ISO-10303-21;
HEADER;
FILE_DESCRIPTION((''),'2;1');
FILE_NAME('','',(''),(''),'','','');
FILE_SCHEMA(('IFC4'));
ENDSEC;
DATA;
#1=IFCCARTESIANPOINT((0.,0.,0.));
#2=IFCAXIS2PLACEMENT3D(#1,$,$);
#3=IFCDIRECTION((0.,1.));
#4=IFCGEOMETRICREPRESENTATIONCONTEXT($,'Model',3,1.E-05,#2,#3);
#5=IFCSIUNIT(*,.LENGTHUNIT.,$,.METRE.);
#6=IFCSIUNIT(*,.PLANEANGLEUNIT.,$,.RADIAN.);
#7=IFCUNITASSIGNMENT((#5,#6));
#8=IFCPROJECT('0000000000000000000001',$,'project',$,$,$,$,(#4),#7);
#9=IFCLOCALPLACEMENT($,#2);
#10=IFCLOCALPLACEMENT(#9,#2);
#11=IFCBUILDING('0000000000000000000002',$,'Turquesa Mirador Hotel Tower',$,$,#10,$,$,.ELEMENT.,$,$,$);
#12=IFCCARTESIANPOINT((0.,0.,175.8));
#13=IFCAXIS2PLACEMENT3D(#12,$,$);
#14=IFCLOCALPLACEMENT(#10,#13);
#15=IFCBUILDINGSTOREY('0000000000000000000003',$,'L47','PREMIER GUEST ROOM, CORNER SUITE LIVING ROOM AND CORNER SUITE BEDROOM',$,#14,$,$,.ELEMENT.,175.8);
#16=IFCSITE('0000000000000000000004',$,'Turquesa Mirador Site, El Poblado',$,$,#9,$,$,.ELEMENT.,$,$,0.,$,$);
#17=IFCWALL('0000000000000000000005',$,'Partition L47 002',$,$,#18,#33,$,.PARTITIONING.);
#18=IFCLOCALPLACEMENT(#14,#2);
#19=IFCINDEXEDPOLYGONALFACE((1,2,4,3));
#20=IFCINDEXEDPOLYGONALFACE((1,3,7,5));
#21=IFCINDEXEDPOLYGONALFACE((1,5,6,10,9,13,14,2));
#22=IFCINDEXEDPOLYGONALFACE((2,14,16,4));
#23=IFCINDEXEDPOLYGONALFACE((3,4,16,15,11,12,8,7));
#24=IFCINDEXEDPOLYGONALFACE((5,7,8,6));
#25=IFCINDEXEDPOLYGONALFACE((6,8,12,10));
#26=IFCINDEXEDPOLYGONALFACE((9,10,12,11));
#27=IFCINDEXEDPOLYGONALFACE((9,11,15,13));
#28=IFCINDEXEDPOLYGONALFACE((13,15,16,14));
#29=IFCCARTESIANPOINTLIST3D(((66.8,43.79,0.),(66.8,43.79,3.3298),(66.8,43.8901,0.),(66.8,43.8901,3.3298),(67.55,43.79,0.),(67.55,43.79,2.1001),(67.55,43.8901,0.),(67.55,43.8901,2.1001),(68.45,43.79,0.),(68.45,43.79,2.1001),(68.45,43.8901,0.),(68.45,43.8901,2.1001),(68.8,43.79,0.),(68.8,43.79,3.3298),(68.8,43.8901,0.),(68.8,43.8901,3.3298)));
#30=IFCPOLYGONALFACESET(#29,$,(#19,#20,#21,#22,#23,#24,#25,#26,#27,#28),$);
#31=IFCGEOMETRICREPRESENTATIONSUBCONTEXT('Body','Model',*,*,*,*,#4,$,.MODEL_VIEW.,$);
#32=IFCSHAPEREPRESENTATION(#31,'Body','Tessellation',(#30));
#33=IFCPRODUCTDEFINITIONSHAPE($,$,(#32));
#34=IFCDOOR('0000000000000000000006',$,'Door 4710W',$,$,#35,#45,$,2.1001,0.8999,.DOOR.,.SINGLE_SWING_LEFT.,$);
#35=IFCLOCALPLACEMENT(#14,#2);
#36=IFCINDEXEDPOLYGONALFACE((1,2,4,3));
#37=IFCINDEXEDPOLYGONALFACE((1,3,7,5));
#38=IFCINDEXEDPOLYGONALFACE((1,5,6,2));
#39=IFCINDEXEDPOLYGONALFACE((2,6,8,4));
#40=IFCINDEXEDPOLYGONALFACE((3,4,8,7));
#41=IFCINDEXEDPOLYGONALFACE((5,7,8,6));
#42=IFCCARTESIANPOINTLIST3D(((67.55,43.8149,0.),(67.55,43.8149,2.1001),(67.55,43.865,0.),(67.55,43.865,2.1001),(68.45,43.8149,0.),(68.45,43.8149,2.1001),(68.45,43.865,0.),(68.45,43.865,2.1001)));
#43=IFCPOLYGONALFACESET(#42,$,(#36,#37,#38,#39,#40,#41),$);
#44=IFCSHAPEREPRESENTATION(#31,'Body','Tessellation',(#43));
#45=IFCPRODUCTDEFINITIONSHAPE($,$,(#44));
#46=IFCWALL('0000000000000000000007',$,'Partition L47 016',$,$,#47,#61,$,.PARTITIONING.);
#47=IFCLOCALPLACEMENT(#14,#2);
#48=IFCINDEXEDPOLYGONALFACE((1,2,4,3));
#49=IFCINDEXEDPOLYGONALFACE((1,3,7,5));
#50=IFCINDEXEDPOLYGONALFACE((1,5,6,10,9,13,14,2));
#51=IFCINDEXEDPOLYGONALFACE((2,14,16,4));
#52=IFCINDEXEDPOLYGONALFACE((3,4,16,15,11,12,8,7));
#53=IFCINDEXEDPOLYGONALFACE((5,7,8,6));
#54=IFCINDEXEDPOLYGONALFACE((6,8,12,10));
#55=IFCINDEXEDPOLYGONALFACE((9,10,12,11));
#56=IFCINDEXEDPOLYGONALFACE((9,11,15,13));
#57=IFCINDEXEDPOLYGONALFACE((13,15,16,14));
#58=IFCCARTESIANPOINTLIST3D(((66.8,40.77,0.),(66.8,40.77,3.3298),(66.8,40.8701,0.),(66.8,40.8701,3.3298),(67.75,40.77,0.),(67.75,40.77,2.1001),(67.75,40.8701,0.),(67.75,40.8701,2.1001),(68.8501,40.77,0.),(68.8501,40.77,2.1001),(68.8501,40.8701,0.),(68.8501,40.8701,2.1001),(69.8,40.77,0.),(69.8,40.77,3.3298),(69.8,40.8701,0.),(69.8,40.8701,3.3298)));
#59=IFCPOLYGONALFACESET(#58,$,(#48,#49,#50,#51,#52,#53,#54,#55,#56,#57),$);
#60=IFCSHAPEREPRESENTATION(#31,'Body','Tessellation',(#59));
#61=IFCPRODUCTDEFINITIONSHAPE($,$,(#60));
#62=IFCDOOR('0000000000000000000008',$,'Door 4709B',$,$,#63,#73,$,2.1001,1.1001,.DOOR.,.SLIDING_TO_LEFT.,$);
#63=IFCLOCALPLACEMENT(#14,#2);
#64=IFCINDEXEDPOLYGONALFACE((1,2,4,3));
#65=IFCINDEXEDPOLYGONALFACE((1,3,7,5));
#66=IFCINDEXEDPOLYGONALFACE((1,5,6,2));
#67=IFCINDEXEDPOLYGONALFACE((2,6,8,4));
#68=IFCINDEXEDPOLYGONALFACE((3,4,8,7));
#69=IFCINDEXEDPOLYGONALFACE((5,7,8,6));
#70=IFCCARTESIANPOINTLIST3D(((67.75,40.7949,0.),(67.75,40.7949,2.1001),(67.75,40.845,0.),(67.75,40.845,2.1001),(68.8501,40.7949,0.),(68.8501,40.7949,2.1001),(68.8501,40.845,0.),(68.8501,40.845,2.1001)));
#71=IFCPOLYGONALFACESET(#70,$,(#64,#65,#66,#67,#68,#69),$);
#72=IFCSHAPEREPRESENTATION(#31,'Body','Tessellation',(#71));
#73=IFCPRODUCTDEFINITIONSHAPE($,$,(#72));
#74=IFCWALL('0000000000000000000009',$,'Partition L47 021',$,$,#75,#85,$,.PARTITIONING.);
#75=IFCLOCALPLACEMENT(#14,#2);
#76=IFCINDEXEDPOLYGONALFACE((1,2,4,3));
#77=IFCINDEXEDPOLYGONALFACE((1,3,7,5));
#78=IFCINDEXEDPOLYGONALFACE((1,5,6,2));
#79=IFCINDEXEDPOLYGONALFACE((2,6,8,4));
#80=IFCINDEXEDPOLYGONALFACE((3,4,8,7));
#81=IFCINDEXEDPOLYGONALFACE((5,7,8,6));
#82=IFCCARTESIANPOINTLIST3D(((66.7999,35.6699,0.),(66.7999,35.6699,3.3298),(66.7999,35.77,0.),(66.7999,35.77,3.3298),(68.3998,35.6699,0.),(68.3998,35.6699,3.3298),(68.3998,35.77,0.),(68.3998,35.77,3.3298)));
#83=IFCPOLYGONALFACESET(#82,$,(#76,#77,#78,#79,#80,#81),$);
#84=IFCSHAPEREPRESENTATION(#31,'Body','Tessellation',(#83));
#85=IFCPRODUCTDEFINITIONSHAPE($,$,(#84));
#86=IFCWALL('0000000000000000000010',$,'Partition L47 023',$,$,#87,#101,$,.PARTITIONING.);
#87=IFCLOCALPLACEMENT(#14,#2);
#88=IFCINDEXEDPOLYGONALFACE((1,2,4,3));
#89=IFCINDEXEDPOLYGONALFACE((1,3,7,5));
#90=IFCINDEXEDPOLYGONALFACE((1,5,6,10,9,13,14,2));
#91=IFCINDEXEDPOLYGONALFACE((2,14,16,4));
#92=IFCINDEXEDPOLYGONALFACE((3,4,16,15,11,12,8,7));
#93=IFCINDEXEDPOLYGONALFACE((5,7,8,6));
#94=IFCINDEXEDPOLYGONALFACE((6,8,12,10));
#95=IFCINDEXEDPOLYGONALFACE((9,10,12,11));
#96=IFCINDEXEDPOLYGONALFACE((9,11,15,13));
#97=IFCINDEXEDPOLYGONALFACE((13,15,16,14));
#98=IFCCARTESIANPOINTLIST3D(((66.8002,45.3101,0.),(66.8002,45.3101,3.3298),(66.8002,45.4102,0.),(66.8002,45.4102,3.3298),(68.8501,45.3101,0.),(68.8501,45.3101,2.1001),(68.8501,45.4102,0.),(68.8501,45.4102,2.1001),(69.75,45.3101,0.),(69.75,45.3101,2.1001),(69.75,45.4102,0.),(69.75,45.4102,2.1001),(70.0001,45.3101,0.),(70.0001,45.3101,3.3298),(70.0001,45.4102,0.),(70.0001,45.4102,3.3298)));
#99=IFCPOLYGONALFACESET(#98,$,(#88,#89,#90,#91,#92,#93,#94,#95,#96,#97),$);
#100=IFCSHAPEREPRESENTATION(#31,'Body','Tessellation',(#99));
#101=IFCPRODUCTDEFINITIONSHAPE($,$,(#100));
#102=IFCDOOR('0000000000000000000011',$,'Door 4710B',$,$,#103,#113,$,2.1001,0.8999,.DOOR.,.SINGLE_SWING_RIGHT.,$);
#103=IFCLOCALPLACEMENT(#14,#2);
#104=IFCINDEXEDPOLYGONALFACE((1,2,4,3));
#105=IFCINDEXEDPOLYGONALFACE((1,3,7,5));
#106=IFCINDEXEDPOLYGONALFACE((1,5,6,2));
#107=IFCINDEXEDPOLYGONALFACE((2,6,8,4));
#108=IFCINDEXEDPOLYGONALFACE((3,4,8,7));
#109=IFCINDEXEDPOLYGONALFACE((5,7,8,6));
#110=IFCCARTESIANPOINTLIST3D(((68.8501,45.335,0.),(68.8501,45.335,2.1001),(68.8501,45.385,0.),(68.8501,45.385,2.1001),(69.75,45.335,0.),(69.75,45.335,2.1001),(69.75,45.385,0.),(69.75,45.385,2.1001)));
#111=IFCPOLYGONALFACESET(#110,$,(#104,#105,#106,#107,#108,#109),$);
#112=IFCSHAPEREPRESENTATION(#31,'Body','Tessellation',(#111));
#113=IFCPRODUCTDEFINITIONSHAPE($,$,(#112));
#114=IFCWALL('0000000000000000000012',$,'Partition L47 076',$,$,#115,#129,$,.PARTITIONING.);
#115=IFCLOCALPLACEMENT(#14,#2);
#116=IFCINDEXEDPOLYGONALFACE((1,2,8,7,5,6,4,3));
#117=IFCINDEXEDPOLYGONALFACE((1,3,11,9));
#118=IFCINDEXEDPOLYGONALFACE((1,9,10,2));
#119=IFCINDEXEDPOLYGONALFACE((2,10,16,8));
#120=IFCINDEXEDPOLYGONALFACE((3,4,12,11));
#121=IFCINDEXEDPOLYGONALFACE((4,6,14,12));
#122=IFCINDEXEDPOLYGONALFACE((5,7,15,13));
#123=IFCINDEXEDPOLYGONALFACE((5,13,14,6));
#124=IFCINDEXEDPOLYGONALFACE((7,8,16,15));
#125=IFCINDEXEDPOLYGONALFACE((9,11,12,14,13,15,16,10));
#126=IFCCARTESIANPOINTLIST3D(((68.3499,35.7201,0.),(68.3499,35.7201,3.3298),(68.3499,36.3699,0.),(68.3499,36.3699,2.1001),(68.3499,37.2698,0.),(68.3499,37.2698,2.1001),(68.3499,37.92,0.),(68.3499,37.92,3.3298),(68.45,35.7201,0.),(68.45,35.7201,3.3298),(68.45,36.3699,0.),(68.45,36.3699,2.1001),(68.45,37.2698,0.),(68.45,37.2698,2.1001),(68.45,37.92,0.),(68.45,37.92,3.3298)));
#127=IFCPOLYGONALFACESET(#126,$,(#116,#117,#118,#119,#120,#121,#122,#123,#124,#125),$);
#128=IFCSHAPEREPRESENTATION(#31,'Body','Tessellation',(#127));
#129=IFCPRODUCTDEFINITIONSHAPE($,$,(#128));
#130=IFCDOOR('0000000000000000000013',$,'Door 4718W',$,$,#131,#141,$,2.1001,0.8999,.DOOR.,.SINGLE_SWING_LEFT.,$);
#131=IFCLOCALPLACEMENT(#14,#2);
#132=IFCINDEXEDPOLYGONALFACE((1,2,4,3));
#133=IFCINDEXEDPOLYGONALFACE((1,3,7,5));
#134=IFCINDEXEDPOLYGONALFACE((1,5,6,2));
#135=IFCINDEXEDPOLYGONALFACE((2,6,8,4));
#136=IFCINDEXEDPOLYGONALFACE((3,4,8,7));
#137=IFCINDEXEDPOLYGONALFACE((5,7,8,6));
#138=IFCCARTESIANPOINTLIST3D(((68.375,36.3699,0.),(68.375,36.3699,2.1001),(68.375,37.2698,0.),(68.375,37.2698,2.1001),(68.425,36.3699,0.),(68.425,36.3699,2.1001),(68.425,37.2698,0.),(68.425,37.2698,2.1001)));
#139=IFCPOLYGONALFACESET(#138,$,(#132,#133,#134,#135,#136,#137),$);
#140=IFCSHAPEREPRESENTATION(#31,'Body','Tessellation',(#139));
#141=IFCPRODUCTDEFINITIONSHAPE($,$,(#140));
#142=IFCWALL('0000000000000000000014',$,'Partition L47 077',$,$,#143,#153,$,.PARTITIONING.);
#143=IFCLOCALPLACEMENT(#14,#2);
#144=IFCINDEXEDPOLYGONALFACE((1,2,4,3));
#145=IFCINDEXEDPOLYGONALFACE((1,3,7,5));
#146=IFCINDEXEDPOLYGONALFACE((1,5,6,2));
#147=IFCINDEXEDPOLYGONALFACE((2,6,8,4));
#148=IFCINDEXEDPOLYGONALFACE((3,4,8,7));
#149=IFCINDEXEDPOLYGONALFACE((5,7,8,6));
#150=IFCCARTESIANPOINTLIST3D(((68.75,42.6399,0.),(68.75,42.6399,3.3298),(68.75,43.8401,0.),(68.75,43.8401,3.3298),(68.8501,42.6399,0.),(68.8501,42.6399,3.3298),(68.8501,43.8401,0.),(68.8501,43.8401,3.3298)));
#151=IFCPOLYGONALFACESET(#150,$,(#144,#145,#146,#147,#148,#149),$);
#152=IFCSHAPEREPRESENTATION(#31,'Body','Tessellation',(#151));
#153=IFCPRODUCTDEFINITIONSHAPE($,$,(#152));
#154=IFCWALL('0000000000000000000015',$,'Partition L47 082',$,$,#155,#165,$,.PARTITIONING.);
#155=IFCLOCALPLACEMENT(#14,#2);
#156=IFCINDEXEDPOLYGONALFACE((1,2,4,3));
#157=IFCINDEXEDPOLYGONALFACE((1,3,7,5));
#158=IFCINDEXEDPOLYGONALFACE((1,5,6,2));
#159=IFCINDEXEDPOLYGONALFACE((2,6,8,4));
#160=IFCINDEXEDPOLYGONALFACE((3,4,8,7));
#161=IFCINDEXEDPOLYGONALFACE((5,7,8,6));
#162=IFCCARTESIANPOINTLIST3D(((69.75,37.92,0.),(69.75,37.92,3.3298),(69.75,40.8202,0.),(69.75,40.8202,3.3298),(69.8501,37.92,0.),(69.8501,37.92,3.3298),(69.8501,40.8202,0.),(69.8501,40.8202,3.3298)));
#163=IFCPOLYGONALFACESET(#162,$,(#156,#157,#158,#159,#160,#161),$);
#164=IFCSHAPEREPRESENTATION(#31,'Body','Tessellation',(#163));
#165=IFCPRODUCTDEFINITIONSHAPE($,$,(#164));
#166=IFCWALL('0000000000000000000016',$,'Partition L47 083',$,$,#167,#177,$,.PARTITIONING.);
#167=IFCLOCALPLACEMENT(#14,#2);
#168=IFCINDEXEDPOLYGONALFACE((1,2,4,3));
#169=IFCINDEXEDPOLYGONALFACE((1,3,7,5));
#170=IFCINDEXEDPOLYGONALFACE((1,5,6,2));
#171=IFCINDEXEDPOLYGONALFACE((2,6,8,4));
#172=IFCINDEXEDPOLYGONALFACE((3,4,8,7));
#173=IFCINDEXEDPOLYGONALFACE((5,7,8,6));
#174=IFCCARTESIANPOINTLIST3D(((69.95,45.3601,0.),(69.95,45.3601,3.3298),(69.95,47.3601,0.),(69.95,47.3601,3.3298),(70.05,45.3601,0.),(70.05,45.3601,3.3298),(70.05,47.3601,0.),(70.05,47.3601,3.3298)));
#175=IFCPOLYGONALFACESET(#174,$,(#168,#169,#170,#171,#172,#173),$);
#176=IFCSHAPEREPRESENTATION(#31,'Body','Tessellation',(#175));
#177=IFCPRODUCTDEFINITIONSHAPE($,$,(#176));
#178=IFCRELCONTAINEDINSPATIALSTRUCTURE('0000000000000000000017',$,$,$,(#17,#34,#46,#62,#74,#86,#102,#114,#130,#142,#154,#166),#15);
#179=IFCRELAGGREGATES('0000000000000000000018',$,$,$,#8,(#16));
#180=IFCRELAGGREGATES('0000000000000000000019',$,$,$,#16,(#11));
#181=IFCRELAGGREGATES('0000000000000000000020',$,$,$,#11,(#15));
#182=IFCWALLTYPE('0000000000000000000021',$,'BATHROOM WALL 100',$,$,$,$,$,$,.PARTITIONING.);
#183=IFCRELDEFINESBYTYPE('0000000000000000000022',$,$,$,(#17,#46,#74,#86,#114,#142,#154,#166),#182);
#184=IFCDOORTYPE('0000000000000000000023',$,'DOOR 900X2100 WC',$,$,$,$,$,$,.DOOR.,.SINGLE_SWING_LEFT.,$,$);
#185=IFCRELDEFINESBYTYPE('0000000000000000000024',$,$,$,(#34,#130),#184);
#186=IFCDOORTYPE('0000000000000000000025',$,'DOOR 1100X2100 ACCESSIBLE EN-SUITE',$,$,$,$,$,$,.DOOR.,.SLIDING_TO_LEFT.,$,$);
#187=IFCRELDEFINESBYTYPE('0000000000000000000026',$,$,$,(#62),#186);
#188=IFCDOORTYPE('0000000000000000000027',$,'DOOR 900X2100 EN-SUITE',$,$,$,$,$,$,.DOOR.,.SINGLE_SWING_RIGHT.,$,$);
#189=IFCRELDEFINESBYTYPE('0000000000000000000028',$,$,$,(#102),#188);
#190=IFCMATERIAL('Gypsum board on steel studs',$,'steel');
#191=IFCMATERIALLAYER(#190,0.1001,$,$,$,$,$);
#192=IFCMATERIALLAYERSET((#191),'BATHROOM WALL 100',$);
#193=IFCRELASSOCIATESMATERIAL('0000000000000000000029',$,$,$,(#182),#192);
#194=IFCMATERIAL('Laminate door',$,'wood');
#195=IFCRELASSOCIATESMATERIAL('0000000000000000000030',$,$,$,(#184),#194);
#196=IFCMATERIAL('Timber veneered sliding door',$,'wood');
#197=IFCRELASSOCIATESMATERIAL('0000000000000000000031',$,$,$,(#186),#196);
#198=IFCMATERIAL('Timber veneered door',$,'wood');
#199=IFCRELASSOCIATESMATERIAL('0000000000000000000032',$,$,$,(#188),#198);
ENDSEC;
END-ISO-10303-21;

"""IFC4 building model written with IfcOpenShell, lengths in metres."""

from ifc_helpers import new_model, si_unit, direction, frame, frame_2d, origin, place, context, subcontext, project, spatial, rectangle, extrude, material, layer, layer_set, type_object, element, fill, save


model = new_model("IFC4")

# Units and contexts
model_context = context("Model", 3, precision=1e-05, world=origin(), true_north=direction((0.0, 1.0)))
body_context = subcontext(model_context, "Body", "Model", "MODEL_VIEW")
ifc_project = project(units=[si_unit("LENGTHUNIT", "METRE"), si_unit("PLANEANGLEUNIT", "RADIAN")], contexts=[model_context])

# Site, building, storey
site_placement = place(None, origin())
site = spatial("IfcSite", under=ifc_project, at=site_placement, Name="Turquesa Mirador Site, El Poblado", CompositionType="ELEMENT", RefElevation=0.0)
building_placement = place(site_placement, origin())
building = spatial("IfcBuilding", under=site, at=building_placement, Name="Turquesa Mirador Hotel Tower", CompositionType="ELEMENT")
storey_placement = place(building_placement, frame((0.0, 0.0, 175.8)))
storey = spatial("IfcBuildingStorey", under=building, at=storey_placement, Name="L47", Description="PREMIER GUEST ROOM, CORNER SUITE LIVING ROOM AND CORNER SUITE BEDROOM", CompositionType="ELEMENT", Elevation=175.8)

# Walls, openings, doors
ifc_material_1 = material(Name="Gypsum board on steel studs", Category="steel")
ifc_layer_1 = layer(ifc_material_1, 0.1001)
ifc_layer_set_1 = layer_set([ifc_layer_1], Name="BATHROOM WALL 100")
wall_type_1 = type_object("IfcWallType", Name="BATHROOM WALL 100", PredefinedType="PARTITIONING", material=ifc_layer_set_1)
wall_1_placement = place(storey_placement, frame((66.8, 43.8401, 0.0), z_axis=(0.0, 0.0, 1.0), x_axis=(1.0, 0.0, 0.0)))
wall_1 = element("IfcWall", 1, at=wall_1_placement, inside=storey, type_object=wall_type_1, Name="Partition L47 002", PredefinedType="PARTITIONING", context=body_context, shape_type="SweptSolid", body=[
    extrude(rectangle(XDim=2.0, YDim=0.1001, at=frame_2d((1.0, 0.0))), origin(), (0.0, 0.0, 1.0), 3.3298),
])
opening_1_placement = place(wall_1_placement, frame((0.75, 0.0, 0.0)))
opening_1 = element("IfcOpeningElement", 2, at=opening_1_placement, cuts=wall_1, PredefinedType="OPENING", context=body_context, shape_type="SweptSolid", body=[
    extrude(rectangle(XDim=0.8999, YDim=2.1001, at=frame_2d((0.45, 1.05))), frame((0.0, 0.0601, 0.0), z_axis=(0.0, -1.0, 0.0), x_axis=(1.0, 0.0, 0.0)), (0.0, 0.0, 1.0), 0.1201),
])
ifc_material_2 = material(Name="Laminate door", Category="wood")
door_type_1 = type_object("IfcDoorType", Name="DOOR 900X2100 WC", OperationType="SINGLE_SWING_LEFT", PredefinedType="DOOR", material=ifc_material_2)
door_1_placement = place(opening_1_placement, origin())
door_1 = element("IfcDoor", 3, at=door_1_placement, inside=storey, type_object=door_type_1, Name="Door 4710W", OperationType="SINGLE_SWING_LEFT", OverallHeight=2.1001, OverallWidth=0.8999, PredefinedType="DOOR", context=body_context, shape_type="SweptSolid", body=[
    extrude(rectangle(XDim=0.8999, YDim=2.1001, at=frame_2d((0.45, 1.05))), frame((0.0, 0.0249, 0.0), z_axis=(0.0, -1.0, 0.0), x_axis=(1.0, 0.0, 0.0)), (0.0, 0.0, 1.0), 0.05),
])
fill(opening_1, door_1)
wall_2_placement = place(storey_placement, frame((66.8, 40.8201, 0.0), z_axis=(0.0, 0.0, 1.0), x_axis=(1.0, 0.0, 0.0)))
wall_2 = element("IfcWall", 4, at=wall_2_placement, inside=storey, type_object=wall_type_1, Name="Partition L47 016", PredefinedType="PARTITIONING", context=body_context, shape_type="SweptSolid", body=[
    extrude(rectangle(XDim=3.0, YDim=0.1001, at=frame_2d((1.5, 0.0))), origin(), (0.0, 0.0, 1.0), 3.3298),
])
opening_2_placement = place(wall_2_placement, frame((0.95, 0.0, 0.0)))
opening_2 = element("IfcOpeningElement", 5, at=opening_2_placement, cuts=wall_2, PredefinedType="OPENING", context=body_context, shape_type="SweptSolid", body=[
    extrude(rectangle(XDim=1.1001, YDim=2.1001, at=frame_2d((0.55, 1.05))), frame((0.0, 0.0601, 0.0), z_axis=(0.0, -1.0, 0.0), x_axis=(1.0, 0.0, 0.0)), (0.0, 0.0, 1.0), 0.1201),
])
ifc_material_3 = material(Name="Timber veneered sliding door", Category="wood")
door_type_2 = type_object("IfcDoorType", Name="DOOR 1100X2100 ACCESSIBLE EN-SUITE", OperationType="SLIDING_TO_LEFT", PredefinedType="DOOR", material=ifc_material_3)
door_2_placement = place(opening_2_placement, origin())
door_2 = element("IfcDoor", 6, at=door_2_placement, inside=storey, type_object=door_type_2, Name="Door 4709B", OperationType="SLIDING_TO_LEFT", OverallHeight=2.1001, OverallWidth=1.1001, PredefinedType="DOOR", context=body_context, shape_type="SweptSolid", body=[
    extrude(rectangle(XDim=1.1001, YDim=2.1001, at=frame_2d((0.55, 1.05))), frame((0.0, 0.0249, 0.0), z_axis=(0.0, -1.0, 0.0), x_axis=(1.0, 0.0, 0.0)), (0.0, 0.0, 1.0), 0.05),
])
fill(opening_2, door_2)

# Wall
wall_3_placement = place(storey_placement, frame((66.8, 35.72, 0.0), z_axis=(0.0, 0.0, 1.0), x_axis=(1.0, 0.0, 0.0)))
element("IfcWall", 7, at=wall_3_placement, inside=storey, type_object=wall_type_1, Name="Partition L47 021", PredefinedType="PARTITIONING", context=body_context, shape_type="SweptSolid", body=[
    extrude(rectangle(XDim=1.5999, YDim=0.1001, at=frame_2d((0.7998, 0.0))), origin(), (0.0, 0.0, 1.0), 3.3298),
])

# Walls, openings, doors
wall_4_placement = place(storey_placement, frame((66.8, 45.3601, 0.0), z_axis=(0.0, 0.0, 1.0), x_axis=(1.0, 0.0, 0.0)))
wall_4 = element("IfcWall", 8, at=wall_4_placement, inside=storey, type_object=wall_type_1, Name="Partition L47 023", PredefinedType="PARTITIONING", context=body_context, shape_type="SweptSolid", body=[
    extrude(rectangle(XDim=3.2, YDim=0.1001, at=frame_2d((1.6001, 0.0))), origin(), (0.0, 0.0, 1.0), 3.3298),
])
opening_3_placement = place(wall_4_placement, frame((2.05, 0.0, 0.0)))
opening_3 = element("IfcOpeningElement", 9, at=opening_3_placement, cuts=wall_4, PredefinedType="OPENING", context=body_context, shape_type="SweptSolid", body=[
    extrude(rectangle(XDim=0.8999, YDim=2.1001, at=frame_2d((0.45, 1.05))), frame((0.0, 0.0601, 0.0), z_axis=(0.0, -1.0, 0.0), x_axis=(1.0, 0.0, 0.0)), (0.0, 0.0, 1.0), 0.1201),
])
ifc_material_4 = material(Name="Timber veneered door", Category="wood")
door_type_3 = type_object("IfcDoorType", Name="DOOR 900X2100 EN-SUITE", OperationType="SINGLE_SWING_RIGHT", PredefinedType="DOOR", material=ifc_material_4)
door_3_placement = place(opening_3_placement, origin())
door_3 = element("IfcDoor", 10, at=door_3_placement, inside=storey, type_object=door_type_3, Name="Door 4710B", OperationType="SINGLE_SWING_RIGHT", OverallHeight=2.1001, OverallWidth=0.8999, PredefinedType="DOOR", context=body_context, shape_type="SweptSolid", body=[
    extrude(rectangle(XDim=0.8999, YDim=2.1001, at=frame_2d((0.45, 1.05))), frame((0.0, 0.0249, 0.0), z_axis=(0.0, -1.0, 0.0), x_axis=(1.0, 0.0, 0.0)), (0.0, 0.0, 1.0), 0.05),
])
fill(opening_3, door_3)
wall_5_placement = place(storey_placement, frame((68.3999, 35.72, 0.0), z_axis=(0.0, 0.0, 1.0), x_axis=(0.0, 1.0, 0.0)))
wall_5 = element("IfcWall", 11, at=wall_5_placement, inside=storey, type_object=wall_type_1, Name="Partition L47 076", PredefinedType="PARTITIONING", context=body_context, shape_type="SweptSolid", body=[
    extrude(rectangle(XDim=2.2, YDim=0.1001, at=frame_2d((1.1001, 0.0))), origin(), (0.0, 0.0, 1.0), 3.3298),
])
opening_4_placement = place(wall_5_placement, frame((0.6499, 0.0, 0.0)))
opening_4 = element("IfcOpeningElement", 12, at=opening_4_placement, cuts=wall_5, PredefinedType="OPENING", context=body_context, shape_type="SweptSolid", body=[
    extrude(rectangle(XDim=0.8999, YDim=2.1001, at=frame_2d((0.45, 1.05))), frame((0.0, 0.0601, 0.0), z_axis=(0.0, -1.0, 0.0), x_axis=(1.0, 0.0, 0.0)), (0.0, 0.0, 1.0), 0.1201),
])
door_4_placement = place(opening_4_placement, origin())
door_4 = element("IfcDoor", 13, at=door_4_placement, inside=storey, type_object=door_type_1, Name="Door 4718W", OperationType="SINGLE_SWING_LEFT", OverallHeight=2.1001, OverallWidth=0.8999, PredefinedType="DOOR", context=body_context, shape_type="SweptSolid", body=[
    extrude(rectangle(XDim=0.8999, YDim=2.1001, at=frame_2d((0.45, 1.05))), frame((0.0, 0.0249, 0.0), z_axis=(0.0, -1.0, 0.0), x_axis=(1.0, 0.0, 0.0)), (0.0, 0.0, 1.0), 0.05),
])
fill(opening_4, door_4)

# Walls
wall_6_placement = place(storey_placement, frame((68.8, 42.6399, 0.0), z_axis=(0.0, 0.0, 1.0), x_axis=(0.0, 1.0, 0.0)))
element("IfcWall", 14, at=wall_6_placement, inside=storey, type_object=wall_type_1, Name="Partition L47 077", PredefinedType="PARTITIONING", context=body_context, shape_type="SweptSolid", body=[
    extrude(rectangle(XDim=1.2002, YDim=0.1001, at=frame_2d((0.6001, 0.0))), origin(), (0.0, 0.0, 1.0), 3.3298),
])
wall_7_placement = place(storey_placement, frame((69.8, 37.9199, 0.0), z_axis=(0.0, 0.0, 1.0), x_axis=(0.0, 1.0, 0.0)))
element("IfcWall", 15, at=wall_7_placement, inside=storey, type_object=wall_type_1, Name="Partition L47 082", PredefinedType="PARTITIONING", context=body_context, shape_type="SweptSolid", body=[
    extrude(rectangle(XDim=2.9001, YDim=0.1001, at=frame_2d((1.4502, 0.0))), origin(), (0.0, 0.0, 1.0), 3.3298),
])
wall_8_placement = place(storey_placement, frame((70.0, 45.3601, 0.0), z_axis=(0.0, 0.0, 1.0), x_axis=(0.0, 1.0, 0.0)))
element("IfcWall", 16, at=wall_8_placement, inside=storey, type_object=wall_type_1, Name="Partition L47 083", PredefinedType="PARTITIONING", context=body_context, shape_type="SweptSolid", body=[
    extrude(rectangle(XDim=2.0, YDim=0.1001, at=frame_2d((1.0, 0.0))), origin(), (0.0, 0.0, 1.0), 3.3298),
])

save(model, "model.ifc")
